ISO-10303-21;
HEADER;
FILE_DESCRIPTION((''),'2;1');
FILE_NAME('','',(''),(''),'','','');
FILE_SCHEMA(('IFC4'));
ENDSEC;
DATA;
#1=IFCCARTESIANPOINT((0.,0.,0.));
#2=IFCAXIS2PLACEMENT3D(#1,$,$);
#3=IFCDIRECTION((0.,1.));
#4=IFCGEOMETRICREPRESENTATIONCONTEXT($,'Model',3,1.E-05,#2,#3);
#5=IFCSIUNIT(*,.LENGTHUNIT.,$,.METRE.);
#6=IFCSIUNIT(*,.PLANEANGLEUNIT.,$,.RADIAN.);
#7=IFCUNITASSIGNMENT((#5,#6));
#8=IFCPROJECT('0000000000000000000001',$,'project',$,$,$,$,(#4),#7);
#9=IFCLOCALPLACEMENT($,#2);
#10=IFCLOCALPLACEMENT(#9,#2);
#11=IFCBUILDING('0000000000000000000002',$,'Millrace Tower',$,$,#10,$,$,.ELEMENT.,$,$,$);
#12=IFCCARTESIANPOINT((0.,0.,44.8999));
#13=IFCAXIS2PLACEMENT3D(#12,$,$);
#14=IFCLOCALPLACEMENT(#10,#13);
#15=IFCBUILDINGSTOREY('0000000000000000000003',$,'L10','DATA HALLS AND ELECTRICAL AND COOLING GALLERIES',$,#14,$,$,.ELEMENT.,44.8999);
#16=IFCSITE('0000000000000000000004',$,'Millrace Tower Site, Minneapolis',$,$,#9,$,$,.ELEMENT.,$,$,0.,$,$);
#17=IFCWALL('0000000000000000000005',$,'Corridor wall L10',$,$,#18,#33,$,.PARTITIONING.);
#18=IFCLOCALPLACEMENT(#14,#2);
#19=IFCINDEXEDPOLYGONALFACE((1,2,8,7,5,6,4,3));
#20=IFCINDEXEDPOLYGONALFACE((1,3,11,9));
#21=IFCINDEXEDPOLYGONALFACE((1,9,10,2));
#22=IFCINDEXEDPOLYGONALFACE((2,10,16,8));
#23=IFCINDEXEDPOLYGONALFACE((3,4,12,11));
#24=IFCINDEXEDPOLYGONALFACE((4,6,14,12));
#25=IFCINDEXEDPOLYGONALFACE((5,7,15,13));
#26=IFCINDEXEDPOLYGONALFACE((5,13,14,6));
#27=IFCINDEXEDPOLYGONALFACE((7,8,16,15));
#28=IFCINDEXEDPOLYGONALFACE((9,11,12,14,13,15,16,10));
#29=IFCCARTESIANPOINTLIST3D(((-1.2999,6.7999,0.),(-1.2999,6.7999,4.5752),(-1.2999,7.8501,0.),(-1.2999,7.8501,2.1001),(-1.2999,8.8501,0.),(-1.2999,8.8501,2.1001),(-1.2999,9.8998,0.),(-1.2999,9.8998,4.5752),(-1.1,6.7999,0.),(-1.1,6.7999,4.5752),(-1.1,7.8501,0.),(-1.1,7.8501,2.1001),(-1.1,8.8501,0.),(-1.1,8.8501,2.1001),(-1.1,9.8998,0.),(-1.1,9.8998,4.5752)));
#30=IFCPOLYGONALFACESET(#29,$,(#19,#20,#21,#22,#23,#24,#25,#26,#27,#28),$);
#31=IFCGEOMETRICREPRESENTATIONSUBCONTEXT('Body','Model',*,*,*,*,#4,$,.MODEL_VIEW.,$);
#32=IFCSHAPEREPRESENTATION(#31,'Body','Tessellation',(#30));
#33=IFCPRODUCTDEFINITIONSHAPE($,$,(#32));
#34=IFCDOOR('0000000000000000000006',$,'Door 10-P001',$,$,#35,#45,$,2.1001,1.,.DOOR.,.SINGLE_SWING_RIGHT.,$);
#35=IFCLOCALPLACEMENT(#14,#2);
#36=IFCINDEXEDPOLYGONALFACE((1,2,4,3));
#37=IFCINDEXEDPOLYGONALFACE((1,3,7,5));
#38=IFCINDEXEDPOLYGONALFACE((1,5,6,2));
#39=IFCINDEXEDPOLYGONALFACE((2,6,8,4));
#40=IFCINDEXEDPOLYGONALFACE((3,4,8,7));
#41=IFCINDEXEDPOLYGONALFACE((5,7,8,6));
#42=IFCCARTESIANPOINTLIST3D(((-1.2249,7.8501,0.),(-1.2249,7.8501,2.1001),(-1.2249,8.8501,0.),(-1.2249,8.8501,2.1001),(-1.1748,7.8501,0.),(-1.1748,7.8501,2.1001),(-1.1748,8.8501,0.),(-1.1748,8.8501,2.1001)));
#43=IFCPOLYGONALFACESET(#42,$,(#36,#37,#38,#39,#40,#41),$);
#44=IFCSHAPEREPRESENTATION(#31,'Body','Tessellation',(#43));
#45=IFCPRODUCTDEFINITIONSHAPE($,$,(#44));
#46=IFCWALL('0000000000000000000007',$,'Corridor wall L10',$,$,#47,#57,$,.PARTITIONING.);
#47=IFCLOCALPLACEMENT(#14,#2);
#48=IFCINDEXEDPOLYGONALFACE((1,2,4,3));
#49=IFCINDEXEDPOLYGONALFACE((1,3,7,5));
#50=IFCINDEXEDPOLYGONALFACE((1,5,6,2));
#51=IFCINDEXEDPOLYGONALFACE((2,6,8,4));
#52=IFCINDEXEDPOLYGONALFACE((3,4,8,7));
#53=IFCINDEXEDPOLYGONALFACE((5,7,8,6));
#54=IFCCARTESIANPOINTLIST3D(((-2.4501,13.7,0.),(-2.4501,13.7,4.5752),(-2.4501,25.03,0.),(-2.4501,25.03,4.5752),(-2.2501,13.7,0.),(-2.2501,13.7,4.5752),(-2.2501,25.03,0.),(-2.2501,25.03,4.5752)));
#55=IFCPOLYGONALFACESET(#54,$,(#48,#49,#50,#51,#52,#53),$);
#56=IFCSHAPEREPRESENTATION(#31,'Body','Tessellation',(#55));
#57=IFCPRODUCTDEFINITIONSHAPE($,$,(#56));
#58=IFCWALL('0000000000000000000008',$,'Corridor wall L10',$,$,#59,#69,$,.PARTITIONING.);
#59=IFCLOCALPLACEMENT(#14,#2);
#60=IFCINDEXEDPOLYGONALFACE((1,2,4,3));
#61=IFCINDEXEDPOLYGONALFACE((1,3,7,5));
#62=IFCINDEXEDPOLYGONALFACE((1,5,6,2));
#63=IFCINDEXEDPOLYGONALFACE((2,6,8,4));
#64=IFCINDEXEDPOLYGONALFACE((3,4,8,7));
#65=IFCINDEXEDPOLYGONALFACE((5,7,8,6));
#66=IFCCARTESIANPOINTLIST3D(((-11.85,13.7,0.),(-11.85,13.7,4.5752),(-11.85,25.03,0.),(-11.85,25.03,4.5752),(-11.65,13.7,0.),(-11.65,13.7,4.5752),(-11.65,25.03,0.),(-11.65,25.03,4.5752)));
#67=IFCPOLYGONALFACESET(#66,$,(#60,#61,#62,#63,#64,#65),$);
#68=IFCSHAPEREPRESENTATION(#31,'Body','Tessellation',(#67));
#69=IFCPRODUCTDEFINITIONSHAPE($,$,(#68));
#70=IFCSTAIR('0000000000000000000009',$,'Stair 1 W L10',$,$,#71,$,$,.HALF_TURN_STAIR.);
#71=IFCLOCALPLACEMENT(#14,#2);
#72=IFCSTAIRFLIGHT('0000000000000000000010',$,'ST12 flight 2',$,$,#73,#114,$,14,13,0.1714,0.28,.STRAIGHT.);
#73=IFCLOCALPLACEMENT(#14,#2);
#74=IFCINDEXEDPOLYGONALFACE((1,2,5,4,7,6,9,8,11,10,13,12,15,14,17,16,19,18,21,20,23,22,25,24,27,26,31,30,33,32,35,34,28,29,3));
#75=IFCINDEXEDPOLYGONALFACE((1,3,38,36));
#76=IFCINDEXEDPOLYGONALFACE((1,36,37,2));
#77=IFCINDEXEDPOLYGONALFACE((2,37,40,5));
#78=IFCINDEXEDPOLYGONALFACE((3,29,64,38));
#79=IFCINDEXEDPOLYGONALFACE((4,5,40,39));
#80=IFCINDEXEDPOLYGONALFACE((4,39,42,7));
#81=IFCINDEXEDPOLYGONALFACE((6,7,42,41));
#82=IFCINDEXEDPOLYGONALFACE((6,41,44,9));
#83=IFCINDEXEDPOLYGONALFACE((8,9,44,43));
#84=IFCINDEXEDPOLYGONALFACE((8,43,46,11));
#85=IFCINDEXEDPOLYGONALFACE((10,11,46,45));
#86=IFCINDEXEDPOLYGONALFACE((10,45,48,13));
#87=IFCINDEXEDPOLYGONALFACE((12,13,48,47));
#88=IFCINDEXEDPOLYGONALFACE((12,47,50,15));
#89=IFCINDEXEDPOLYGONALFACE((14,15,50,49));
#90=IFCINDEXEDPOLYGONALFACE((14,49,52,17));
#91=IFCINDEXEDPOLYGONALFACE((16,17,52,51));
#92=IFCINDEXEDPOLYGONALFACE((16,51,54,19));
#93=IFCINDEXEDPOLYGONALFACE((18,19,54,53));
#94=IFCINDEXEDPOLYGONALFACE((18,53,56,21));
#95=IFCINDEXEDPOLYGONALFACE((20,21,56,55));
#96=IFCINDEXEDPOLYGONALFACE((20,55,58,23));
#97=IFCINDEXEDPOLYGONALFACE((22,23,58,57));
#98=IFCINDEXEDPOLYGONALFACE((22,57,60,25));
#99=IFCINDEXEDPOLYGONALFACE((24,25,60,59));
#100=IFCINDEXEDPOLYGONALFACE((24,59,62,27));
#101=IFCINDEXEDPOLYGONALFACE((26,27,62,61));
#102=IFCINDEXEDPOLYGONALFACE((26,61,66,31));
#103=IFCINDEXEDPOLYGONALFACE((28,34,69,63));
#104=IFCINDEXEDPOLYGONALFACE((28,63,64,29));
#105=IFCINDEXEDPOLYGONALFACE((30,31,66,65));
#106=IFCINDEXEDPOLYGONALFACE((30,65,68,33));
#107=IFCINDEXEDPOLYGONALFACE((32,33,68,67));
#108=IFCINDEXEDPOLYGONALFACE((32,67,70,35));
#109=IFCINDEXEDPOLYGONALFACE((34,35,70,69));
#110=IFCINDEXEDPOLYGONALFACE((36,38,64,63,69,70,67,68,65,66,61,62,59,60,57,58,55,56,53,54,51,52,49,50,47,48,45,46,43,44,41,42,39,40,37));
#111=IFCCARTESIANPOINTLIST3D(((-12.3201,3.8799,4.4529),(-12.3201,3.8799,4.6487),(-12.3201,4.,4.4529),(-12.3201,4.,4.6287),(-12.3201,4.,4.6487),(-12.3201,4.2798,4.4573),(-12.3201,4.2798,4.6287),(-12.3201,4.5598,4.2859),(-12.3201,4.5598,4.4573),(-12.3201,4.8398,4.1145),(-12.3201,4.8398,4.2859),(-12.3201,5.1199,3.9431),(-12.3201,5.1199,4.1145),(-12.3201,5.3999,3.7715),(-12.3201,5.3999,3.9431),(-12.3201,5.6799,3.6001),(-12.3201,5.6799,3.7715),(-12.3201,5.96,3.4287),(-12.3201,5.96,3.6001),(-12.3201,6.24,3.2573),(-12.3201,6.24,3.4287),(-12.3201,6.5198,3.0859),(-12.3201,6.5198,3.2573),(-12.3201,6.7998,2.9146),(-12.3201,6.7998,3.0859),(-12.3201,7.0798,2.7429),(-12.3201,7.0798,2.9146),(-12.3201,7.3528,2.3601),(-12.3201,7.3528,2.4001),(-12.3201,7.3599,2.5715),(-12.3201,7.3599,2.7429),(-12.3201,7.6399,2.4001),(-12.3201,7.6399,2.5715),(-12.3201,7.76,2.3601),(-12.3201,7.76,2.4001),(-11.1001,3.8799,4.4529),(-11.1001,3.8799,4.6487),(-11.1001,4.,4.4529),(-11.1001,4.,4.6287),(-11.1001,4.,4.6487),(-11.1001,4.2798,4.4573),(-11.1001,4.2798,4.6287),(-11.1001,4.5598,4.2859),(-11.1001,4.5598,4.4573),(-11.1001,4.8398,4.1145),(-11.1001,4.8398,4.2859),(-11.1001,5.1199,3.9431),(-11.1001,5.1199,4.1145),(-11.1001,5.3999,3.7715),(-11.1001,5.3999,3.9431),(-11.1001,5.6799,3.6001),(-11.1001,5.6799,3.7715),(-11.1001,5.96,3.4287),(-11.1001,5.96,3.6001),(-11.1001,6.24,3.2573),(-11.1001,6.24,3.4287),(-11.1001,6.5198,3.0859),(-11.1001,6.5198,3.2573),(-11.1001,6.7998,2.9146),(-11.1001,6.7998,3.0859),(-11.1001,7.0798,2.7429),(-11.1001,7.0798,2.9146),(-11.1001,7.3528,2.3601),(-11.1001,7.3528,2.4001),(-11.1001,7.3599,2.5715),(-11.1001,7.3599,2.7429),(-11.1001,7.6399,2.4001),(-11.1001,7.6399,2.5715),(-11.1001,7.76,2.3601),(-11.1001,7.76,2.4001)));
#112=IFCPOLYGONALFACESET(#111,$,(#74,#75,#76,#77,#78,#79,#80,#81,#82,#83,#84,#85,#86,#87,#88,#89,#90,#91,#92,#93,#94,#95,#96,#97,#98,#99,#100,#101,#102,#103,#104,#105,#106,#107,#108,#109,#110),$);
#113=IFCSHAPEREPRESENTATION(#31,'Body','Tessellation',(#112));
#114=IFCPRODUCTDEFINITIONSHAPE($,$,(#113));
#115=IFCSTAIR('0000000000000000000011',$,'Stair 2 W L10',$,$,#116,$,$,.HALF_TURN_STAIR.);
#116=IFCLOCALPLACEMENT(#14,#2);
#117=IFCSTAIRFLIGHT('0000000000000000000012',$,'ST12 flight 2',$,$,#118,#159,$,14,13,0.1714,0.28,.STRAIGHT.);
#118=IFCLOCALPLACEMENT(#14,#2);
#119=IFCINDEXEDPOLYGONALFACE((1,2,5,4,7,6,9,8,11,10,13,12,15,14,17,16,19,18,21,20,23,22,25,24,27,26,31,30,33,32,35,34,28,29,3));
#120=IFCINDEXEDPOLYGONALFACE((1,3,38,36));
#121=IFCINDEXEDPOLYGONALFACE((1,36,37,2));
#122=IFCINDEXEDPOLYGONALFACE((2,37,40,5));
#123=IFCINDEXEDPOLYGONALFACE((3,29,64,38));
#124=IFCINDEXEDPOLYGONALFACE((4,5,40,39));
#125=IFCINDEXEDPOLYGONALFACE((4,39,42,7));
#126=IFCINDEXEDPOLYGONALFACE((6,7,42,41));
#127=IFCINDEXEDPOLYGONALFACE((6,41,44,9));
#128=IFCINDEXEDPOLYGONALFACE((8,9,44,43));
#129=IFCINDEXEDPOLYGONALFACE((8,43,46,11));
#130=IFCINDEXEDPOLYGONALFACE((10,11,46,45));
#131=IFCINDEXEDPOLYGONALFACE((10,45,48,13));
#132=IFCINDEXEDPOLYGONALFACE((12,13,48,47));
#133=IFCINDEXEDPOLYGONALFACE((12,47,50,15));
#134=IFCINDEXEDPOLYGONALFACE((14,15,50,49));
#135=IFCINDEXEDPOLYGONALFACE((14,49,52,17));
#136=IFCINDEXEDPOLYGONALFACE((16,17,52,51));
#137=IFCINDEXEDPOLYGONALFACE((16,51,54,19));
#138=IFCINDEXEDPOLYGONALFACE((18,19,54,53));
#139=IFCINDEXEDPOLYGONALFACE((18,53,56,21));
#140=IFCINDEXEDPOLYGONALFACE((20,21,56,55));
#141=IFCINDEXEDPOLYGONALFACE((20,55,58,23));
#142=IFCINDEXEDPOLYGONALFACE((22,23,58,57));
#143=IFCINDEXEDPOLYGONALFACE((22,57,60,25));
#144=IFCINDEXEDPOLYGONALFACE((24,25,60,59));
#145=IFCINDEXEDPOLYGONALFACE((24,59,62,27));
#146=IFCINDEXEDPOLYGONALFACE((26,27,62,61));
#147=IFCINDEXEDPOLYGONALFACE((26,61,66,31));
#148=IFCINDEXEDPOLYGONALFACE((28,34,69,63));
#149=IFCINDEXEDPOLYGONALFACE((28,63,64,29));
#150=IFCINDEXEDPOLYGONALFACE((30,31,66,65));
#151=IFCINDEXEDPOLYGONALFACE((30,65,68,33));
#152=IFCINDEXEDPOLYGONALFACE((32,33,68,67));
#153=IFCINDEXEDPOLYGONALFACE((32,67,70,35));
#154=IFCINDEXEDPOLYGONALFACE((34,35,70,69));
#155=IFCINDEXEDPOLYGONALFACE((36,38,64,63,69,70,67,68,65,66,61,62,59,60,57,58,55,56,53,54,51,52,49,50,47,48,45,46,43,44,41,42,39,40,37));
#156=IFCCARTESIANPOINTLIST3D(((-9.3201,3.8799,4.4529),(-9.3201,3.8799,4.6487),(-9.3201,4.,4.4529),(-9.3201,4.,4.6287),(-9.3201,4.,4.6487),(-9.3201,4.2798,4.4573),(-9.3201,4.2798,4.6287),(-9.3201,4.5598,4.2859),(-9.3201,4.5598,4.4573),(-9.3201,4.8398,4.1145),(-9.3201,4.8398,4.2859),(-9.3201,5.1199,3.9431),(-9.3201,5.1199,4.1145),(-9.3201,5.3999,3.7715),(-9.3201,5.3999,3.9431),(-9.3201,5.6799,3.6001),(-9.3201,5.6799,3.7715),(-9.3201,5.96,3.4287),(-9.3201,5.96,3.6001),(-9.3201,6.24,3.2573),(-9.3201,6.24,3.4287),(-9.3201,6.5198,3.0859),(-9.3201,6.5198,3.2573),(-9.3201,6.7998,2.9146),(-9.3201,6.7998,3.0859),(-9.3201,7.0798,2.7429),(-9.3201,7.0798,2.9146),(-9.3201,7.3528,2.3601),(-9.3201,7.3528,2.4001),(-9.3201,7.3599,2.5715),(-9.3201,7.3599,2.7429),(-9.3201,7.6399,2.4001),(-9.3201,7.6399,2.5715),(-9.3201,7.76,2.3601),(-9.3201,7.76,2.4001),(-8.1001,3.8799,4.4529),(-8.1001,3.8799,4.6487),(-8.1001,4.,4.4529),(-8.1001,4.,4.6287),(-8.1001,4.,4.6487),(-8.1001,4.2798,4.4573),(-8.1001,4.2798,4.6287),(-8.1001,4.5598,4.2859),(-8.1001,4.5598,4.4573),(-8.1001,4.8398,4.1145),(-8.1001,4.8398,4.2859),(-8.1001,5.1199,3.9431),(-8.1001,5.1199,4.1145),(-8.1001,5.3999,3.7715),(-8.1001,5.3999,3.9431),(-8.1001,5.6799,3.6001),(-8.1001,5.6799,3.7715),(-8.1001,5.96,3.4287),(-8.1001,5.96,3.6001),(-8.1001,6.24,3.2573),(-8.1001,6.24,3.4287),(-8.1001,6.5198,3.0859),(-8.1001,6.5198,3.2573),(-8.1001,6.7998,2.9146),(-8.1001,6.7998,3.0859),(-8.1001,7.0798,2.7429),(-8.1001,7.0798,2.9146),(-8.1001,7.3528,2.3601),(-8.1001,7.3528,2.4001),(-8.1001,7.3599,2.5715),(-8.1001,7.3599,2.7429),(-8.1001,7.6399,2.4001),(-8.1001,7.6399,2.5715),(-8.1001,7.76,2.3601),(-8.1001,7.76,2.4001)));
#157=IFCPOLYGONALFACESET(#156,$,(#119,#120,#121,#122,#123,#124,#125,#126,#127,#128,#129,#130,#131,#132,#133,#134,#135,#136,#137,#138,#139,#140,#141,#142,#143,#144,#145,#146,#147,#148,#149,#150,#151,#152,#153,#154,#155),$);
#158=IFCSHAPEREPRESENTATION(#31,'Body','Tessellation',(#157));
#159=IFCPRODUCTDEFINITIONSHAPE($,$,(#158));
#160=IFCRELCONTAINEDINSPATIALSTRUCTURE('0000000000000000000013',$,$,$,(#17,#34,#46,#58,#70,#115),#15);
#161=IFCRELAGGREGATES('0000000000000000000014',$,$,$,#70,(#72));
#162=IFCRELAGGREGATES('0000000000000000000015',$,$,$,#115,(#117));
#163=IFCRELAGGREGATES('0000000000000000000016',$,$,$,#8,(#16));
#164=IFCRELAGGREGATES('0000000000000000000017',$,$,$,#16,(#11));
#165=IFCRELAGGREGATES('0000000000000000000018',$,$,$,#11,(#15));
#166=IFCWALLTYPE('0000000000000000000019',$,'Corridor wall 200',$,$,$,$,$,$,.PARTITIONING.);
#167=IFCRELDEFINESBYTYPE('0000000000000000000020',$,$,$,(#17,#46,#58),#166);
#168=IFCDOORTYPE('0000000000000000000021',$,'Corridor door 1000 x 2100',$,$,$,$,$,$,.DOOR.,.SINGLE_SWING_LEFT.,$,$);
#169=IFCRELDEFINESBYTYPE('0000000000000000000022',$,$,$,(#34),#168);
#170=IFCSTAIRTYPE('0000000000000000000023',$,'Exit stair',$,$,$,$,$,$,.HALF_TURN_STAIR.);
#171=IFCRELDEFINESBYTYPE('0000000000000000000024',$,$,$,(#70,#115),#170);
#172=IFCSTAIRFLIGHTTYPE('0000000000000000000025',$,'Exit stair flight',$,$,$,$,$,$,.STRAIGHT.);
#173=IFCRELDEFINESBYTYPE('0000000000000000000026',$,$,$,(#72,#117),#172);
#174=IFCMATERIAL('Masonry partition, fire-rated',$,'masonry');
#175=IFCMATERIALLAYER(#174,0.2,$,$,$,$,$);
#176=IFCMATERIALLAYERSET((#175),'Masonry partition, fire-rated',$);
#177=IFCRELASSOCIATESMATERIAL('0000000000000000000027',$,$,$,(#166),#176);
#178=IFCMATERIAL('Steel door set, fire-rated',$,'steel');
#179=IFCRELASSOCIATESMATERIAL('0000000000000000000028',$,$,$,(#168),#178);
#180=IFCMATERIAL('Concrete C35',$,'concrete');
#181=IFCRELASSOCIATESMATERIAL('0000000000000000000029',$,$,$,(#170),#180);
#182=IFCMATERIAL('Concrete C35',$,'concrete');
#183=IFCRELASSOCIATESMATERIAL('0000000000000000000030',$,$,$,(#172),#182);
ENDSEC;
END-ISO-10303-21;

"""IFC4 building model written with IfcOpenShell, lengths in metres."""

from ifc_helpers import new_model, si_unit, direction, frame, frame_2d, origin, place, context, subcontext, project, spatial, polyline, rectangle, outline, extrude, material, layer, layer_set, type_object, element, fill, aggregate, save


model = new_model("IFC4")

# Units and contexts
model_context = context("Model", 3, precision=1e-05, world=origin(), true_north=direction((0.0, 1.0)))
body_context = subcontext(model_context, "Body", "Model", "MODEL_VIEW")
ifc_project = project(units=[si_unit("LENGTHUNIT", "METRE"), si_unit("PLANEANGLEUNIT", "RADIAN")], contexts=[model_context])

# Site, building, storey
site_placement = place(None, origin())
site = spatial("IfcSite", under=ifc_project, at=site_placement, Name="Millrace Tower Site, Minneapolis", CompositionType="ELEMENT", RefElevation=0.0)
building_placement = place(site_placement, origin())
building = spatial("IfcBuilding", under=site, at=building_placement, Name="Millrace Tower", CompositionType="ELEMENT")
storey_placement = place(building_placement, frame((0.0, 0.0, 44.8999)))
storey = spatial("IfcBuildingStorey", under=building, at=storey_placement, Name="L10", Description="DATA HALLS AND ELECTRICAL AND COOLING GALLERIES", CompositionType="ELEMENT", Elevation=44.8999)

# Shared definitions
placement = place(storey_placement, origin())

# Shared definitions
ifc_material_1 = material(Name="Masonry partition, fire-rated", Category="masonry")
ifc_layer_1 = layer(ifc_material_1, 0.2)
ifc_layer_set_1 = layer_set([ifc_layer_1], Name="Masonry partition, fire-rated")
wall_type = type_object("IfcWallType", Name="Corridor wall 200", PredefinedType="PARTITIONING", material=ifc_layer_set_1)

# Wall, opening, door
wall_1_placement = place(storey_placement, frame((-1.2, 6.8, 0.0), z_axis=(0.0, 0.0, 1.0), x_axis=(0.0, 1.0, 0.0)))
wall_1 = element("IfcWall", 1, at=wall_1_placement, inside=storey, type_object=wall_type, Name="Corridor wall L10", PredefinedType="PARTITIONING", context=body_context, shape_type="SweptSolid", body=[
    extrude(rectangle(XDim=3.0999, YDim=0.2, at=frame_2d((1.5498, 0.0))), origin(), (0.0, 0.0, 1.0), 4.5752),
])
opening_placement = place(wall_1_placement, frame((1.05, 0.0, 0.0)))
opening = element("IfcOpeningElement", 2, at=opening_placement, cuts=wall_1, PredefinedType="OPENING", context=body_context, shape_type="SweptSolid", body=[
    extrude(rectangle(XDim=1.0, YDim=2.1001, at=frame_2d((0.5, 1.05))), frame((0.0, 0.1099, 0.0), z_axis=(0.0, -1.0, 0.0), x_axis=(1.0, 0.0, 0.0)), (0.0, 0.0, 1.0), 0.22),
])
ifc_material_2 = material(Name="Steel door set, fire-rated", Category="steel")
door_type = type_object("IfcDoorType", Name="Corridor door 1000 x 2100", OperationType="SINGLE_SWING_LEFT", PredefinedType="DOOR", material=ifc_material_2)
door_placement = place(opening_placement, origin())
door = element("IfcDoor", 3, at=door_placement, inside=storey, type_object=door_type, Name="Door 10-P001", OperationType="SINGLE_SWING_RIGHT", OverallHeight=2.1001, OverallWidth=1.0, PredefinedType="DOOR", context=body_context, shape_type="SweptSolid", body=[
    extrude(rectangle(XDim=1.0, YDim=2.1001, at=frame_2d((0.5, 1.05))), frame((0.0, 0.0249, 0.0), z_axis=(0.0, -1.0, 0.0), x_axis=(1.0, 0.0, 0.0)), (0.0, 0.0, 1.0), 0.05),
])
fill(opening, door)

# Walls
for number, where, z_axis, x_axis, name in (
    (4, (-2.3501, 13.7, 0.0), (0.0, 0.0, 1.0), (0.0, 1.0, 0.0), "Corridor wall L10"),
    (5, (-11.75, 13.7, 0.0), (0.0, 0.0, 1.0), (0.0, 1.0, 0.0), "Corridor wall L10"),
):
    element("IfcWall", number, at=place(storey_placement, frame(where, z_axis=z_axis, x_axis=x_axis)), inside=storey, type_object=wall_type, Name=name, PredefinedType="PARTITIONING", context=body_context, shape_type="SweptSolid", body=[
        extrude(rectangle(XDim=11.3301, YDim=0.2, at=frame_2d((5.665, 0.0))), origin(), (0.0, 0.0, 1.0), 4.5752),
    ])

# Stairs, stair flights
ifc_material_3 = material(Name="Concrete C35", Category="concrete")
stair_type = type_object("IfcStairType", Name="Exit stair", PredefinedType="HALF_TURN_STAIR", material=ifc_material_3)
stair_1 = element("IfcStair", 6, at=placement, inside=storey, type_object=stair_type, Name="Stair 1 W L10", PredefinedType="HALF_TURN_STAIR")
ifc_material_4 = material(Name="Concrete C35", Category="concrete")
stair_flight_type = type_object("IfcStairFlightType", Name="Exit stair flight", PredefinedType="STRAIGHT", material=ifc_material_4)
stair_flight_1_placement = place(storey_placement, frame((-11.71, 7.6399, 2.4001), z_axis=(0.0, 0.0, 1.0), x_axis=(0.0, -1.0, 0.0)))
stair_flight_1 = element("IfcStairFlight", 7, at=stair_flight_1_placement, type_object=stair_flight_type, Name="ST12 flight 2", NumberOfRisers=14, NumberOfTreads=13, PredefinedType="STRAIGHT", RiserHeight=0.1714, TreadLength=0.28, context=body_context, shape_type="SweptSolid", body=[
    extrude(outline(polyline([(-0.1201, -0.04), (-0.1201, 0.0), (0.0, 0.0), (0.0, 0.1714), (0.28, 0.1714), (0.28, 0.3428), (0.5601, 0.3428), (0.5601, 0.5144), (0.8401, 0.5144), (0.8401, 0.6858), (1.1201, 0.6858), (1.1201, 0.8572), (1.3999, 0.8572), (1.3999, 1.0286), (1.6799, 1.0286), (1.6799, 1.2), (1.96, 1.2), (1.96, 1.3713), (2.24, 1.3713), (2.24, 1.543), (2.52, 1.543), (2.52, 1.7144), (2.8, 1.7144), (2.8, 1.8857), (3.0801, 1.8857), (3.0801, 2.0571), (3.3601, 2.0571), (3.3601, 2.2285), (3.6399, 2.2285), (3.6399, 2.2485), (3.76, 2.2485), (3.76, 2.0527), (3.6399, 2.0527), (0.2871, 0.0), (0.2871, -0.04), (-0.1201, -0.04)])), frame((0.0, 0.6099, 0.0), z_axis=(0.0, -1.0, 0.0), x_axis=(1.0, 0.0, 0.0)), (0.0, 0.0, 1.0), 1.22),
])
aggregate(stair_1, [stair_flight_1])
stair_2 = element("IfcStair", 8, at=placement, inside=storey, type_object=stair_type, Name="Stair 2 W L10", PredefinedType="HALF_TURN_STAIR")
stair_flight_2_placement = place(storey_placement, frame((-8.71, 7.6399, 2.4001), z_axis=(0.0, 0.0, 1.0), x_axis=(0.0, -1.0, 0.0)))
stair_flight_2 = element("IfcStairFlight", 9, at=stair_flight_2_placement, type_object=stair_flight_type, Name="ST12 flight 2", NumberOfRisers=14, NumberOfTreads=13, PredefinedType="STRAIGHT", RiserHeight=0.1714, TreadLength=0.28, context=body_context, shape_type="SweptSolid", body=[
    extrude(outline(polyline([(-0.1201, -0.04), (-0.1201, 0.0), (0.0, 0.0), (0.0, 0.1714), (0.28, 0.1714), (0.28, 0.3428), (0.5601, 0.3428), (0.5601, 0.5144), (0.8401, 0.5144), (0.8401, 0.6858), (1.1201, 0.6858), (1.1201, 0.8572), (1.3999, 0.8572), (1.3999, 1.0286), (1.6799, 1.0286), (1.6799, 1.2), (1.96, 1.2), (1.96, 1.3713), (2.24, 1.3713), (2.24, 1.543), (2.52, 1.543), (2.52, 1.7144), (2.8, 1.7144), (2.8, 1.8857), (3.0801, 1.8857), (3.0801, 2.0571), (3.3601, 2.0571), (3.3601, 2.2285), (3.6399, 2.2285), (3.6399, 2.2485), (3.76, 2.2485), (3.76, 2.0527), (3.6399, 2.0527), (0.2871, 0.0), (0.2871, -0.04), (-0.1201, -0.04)])), frame((0.0, 0.6099, 0.0), z_axis=(0.0, -1.0, 0.0), x_axis=(1.0, 0.0, 0.0)), (0.0, 0.0, 1.0), 1.22),
])
aggregate(stair_2, [stair_flight_2])

save(model, "model.ifc")
